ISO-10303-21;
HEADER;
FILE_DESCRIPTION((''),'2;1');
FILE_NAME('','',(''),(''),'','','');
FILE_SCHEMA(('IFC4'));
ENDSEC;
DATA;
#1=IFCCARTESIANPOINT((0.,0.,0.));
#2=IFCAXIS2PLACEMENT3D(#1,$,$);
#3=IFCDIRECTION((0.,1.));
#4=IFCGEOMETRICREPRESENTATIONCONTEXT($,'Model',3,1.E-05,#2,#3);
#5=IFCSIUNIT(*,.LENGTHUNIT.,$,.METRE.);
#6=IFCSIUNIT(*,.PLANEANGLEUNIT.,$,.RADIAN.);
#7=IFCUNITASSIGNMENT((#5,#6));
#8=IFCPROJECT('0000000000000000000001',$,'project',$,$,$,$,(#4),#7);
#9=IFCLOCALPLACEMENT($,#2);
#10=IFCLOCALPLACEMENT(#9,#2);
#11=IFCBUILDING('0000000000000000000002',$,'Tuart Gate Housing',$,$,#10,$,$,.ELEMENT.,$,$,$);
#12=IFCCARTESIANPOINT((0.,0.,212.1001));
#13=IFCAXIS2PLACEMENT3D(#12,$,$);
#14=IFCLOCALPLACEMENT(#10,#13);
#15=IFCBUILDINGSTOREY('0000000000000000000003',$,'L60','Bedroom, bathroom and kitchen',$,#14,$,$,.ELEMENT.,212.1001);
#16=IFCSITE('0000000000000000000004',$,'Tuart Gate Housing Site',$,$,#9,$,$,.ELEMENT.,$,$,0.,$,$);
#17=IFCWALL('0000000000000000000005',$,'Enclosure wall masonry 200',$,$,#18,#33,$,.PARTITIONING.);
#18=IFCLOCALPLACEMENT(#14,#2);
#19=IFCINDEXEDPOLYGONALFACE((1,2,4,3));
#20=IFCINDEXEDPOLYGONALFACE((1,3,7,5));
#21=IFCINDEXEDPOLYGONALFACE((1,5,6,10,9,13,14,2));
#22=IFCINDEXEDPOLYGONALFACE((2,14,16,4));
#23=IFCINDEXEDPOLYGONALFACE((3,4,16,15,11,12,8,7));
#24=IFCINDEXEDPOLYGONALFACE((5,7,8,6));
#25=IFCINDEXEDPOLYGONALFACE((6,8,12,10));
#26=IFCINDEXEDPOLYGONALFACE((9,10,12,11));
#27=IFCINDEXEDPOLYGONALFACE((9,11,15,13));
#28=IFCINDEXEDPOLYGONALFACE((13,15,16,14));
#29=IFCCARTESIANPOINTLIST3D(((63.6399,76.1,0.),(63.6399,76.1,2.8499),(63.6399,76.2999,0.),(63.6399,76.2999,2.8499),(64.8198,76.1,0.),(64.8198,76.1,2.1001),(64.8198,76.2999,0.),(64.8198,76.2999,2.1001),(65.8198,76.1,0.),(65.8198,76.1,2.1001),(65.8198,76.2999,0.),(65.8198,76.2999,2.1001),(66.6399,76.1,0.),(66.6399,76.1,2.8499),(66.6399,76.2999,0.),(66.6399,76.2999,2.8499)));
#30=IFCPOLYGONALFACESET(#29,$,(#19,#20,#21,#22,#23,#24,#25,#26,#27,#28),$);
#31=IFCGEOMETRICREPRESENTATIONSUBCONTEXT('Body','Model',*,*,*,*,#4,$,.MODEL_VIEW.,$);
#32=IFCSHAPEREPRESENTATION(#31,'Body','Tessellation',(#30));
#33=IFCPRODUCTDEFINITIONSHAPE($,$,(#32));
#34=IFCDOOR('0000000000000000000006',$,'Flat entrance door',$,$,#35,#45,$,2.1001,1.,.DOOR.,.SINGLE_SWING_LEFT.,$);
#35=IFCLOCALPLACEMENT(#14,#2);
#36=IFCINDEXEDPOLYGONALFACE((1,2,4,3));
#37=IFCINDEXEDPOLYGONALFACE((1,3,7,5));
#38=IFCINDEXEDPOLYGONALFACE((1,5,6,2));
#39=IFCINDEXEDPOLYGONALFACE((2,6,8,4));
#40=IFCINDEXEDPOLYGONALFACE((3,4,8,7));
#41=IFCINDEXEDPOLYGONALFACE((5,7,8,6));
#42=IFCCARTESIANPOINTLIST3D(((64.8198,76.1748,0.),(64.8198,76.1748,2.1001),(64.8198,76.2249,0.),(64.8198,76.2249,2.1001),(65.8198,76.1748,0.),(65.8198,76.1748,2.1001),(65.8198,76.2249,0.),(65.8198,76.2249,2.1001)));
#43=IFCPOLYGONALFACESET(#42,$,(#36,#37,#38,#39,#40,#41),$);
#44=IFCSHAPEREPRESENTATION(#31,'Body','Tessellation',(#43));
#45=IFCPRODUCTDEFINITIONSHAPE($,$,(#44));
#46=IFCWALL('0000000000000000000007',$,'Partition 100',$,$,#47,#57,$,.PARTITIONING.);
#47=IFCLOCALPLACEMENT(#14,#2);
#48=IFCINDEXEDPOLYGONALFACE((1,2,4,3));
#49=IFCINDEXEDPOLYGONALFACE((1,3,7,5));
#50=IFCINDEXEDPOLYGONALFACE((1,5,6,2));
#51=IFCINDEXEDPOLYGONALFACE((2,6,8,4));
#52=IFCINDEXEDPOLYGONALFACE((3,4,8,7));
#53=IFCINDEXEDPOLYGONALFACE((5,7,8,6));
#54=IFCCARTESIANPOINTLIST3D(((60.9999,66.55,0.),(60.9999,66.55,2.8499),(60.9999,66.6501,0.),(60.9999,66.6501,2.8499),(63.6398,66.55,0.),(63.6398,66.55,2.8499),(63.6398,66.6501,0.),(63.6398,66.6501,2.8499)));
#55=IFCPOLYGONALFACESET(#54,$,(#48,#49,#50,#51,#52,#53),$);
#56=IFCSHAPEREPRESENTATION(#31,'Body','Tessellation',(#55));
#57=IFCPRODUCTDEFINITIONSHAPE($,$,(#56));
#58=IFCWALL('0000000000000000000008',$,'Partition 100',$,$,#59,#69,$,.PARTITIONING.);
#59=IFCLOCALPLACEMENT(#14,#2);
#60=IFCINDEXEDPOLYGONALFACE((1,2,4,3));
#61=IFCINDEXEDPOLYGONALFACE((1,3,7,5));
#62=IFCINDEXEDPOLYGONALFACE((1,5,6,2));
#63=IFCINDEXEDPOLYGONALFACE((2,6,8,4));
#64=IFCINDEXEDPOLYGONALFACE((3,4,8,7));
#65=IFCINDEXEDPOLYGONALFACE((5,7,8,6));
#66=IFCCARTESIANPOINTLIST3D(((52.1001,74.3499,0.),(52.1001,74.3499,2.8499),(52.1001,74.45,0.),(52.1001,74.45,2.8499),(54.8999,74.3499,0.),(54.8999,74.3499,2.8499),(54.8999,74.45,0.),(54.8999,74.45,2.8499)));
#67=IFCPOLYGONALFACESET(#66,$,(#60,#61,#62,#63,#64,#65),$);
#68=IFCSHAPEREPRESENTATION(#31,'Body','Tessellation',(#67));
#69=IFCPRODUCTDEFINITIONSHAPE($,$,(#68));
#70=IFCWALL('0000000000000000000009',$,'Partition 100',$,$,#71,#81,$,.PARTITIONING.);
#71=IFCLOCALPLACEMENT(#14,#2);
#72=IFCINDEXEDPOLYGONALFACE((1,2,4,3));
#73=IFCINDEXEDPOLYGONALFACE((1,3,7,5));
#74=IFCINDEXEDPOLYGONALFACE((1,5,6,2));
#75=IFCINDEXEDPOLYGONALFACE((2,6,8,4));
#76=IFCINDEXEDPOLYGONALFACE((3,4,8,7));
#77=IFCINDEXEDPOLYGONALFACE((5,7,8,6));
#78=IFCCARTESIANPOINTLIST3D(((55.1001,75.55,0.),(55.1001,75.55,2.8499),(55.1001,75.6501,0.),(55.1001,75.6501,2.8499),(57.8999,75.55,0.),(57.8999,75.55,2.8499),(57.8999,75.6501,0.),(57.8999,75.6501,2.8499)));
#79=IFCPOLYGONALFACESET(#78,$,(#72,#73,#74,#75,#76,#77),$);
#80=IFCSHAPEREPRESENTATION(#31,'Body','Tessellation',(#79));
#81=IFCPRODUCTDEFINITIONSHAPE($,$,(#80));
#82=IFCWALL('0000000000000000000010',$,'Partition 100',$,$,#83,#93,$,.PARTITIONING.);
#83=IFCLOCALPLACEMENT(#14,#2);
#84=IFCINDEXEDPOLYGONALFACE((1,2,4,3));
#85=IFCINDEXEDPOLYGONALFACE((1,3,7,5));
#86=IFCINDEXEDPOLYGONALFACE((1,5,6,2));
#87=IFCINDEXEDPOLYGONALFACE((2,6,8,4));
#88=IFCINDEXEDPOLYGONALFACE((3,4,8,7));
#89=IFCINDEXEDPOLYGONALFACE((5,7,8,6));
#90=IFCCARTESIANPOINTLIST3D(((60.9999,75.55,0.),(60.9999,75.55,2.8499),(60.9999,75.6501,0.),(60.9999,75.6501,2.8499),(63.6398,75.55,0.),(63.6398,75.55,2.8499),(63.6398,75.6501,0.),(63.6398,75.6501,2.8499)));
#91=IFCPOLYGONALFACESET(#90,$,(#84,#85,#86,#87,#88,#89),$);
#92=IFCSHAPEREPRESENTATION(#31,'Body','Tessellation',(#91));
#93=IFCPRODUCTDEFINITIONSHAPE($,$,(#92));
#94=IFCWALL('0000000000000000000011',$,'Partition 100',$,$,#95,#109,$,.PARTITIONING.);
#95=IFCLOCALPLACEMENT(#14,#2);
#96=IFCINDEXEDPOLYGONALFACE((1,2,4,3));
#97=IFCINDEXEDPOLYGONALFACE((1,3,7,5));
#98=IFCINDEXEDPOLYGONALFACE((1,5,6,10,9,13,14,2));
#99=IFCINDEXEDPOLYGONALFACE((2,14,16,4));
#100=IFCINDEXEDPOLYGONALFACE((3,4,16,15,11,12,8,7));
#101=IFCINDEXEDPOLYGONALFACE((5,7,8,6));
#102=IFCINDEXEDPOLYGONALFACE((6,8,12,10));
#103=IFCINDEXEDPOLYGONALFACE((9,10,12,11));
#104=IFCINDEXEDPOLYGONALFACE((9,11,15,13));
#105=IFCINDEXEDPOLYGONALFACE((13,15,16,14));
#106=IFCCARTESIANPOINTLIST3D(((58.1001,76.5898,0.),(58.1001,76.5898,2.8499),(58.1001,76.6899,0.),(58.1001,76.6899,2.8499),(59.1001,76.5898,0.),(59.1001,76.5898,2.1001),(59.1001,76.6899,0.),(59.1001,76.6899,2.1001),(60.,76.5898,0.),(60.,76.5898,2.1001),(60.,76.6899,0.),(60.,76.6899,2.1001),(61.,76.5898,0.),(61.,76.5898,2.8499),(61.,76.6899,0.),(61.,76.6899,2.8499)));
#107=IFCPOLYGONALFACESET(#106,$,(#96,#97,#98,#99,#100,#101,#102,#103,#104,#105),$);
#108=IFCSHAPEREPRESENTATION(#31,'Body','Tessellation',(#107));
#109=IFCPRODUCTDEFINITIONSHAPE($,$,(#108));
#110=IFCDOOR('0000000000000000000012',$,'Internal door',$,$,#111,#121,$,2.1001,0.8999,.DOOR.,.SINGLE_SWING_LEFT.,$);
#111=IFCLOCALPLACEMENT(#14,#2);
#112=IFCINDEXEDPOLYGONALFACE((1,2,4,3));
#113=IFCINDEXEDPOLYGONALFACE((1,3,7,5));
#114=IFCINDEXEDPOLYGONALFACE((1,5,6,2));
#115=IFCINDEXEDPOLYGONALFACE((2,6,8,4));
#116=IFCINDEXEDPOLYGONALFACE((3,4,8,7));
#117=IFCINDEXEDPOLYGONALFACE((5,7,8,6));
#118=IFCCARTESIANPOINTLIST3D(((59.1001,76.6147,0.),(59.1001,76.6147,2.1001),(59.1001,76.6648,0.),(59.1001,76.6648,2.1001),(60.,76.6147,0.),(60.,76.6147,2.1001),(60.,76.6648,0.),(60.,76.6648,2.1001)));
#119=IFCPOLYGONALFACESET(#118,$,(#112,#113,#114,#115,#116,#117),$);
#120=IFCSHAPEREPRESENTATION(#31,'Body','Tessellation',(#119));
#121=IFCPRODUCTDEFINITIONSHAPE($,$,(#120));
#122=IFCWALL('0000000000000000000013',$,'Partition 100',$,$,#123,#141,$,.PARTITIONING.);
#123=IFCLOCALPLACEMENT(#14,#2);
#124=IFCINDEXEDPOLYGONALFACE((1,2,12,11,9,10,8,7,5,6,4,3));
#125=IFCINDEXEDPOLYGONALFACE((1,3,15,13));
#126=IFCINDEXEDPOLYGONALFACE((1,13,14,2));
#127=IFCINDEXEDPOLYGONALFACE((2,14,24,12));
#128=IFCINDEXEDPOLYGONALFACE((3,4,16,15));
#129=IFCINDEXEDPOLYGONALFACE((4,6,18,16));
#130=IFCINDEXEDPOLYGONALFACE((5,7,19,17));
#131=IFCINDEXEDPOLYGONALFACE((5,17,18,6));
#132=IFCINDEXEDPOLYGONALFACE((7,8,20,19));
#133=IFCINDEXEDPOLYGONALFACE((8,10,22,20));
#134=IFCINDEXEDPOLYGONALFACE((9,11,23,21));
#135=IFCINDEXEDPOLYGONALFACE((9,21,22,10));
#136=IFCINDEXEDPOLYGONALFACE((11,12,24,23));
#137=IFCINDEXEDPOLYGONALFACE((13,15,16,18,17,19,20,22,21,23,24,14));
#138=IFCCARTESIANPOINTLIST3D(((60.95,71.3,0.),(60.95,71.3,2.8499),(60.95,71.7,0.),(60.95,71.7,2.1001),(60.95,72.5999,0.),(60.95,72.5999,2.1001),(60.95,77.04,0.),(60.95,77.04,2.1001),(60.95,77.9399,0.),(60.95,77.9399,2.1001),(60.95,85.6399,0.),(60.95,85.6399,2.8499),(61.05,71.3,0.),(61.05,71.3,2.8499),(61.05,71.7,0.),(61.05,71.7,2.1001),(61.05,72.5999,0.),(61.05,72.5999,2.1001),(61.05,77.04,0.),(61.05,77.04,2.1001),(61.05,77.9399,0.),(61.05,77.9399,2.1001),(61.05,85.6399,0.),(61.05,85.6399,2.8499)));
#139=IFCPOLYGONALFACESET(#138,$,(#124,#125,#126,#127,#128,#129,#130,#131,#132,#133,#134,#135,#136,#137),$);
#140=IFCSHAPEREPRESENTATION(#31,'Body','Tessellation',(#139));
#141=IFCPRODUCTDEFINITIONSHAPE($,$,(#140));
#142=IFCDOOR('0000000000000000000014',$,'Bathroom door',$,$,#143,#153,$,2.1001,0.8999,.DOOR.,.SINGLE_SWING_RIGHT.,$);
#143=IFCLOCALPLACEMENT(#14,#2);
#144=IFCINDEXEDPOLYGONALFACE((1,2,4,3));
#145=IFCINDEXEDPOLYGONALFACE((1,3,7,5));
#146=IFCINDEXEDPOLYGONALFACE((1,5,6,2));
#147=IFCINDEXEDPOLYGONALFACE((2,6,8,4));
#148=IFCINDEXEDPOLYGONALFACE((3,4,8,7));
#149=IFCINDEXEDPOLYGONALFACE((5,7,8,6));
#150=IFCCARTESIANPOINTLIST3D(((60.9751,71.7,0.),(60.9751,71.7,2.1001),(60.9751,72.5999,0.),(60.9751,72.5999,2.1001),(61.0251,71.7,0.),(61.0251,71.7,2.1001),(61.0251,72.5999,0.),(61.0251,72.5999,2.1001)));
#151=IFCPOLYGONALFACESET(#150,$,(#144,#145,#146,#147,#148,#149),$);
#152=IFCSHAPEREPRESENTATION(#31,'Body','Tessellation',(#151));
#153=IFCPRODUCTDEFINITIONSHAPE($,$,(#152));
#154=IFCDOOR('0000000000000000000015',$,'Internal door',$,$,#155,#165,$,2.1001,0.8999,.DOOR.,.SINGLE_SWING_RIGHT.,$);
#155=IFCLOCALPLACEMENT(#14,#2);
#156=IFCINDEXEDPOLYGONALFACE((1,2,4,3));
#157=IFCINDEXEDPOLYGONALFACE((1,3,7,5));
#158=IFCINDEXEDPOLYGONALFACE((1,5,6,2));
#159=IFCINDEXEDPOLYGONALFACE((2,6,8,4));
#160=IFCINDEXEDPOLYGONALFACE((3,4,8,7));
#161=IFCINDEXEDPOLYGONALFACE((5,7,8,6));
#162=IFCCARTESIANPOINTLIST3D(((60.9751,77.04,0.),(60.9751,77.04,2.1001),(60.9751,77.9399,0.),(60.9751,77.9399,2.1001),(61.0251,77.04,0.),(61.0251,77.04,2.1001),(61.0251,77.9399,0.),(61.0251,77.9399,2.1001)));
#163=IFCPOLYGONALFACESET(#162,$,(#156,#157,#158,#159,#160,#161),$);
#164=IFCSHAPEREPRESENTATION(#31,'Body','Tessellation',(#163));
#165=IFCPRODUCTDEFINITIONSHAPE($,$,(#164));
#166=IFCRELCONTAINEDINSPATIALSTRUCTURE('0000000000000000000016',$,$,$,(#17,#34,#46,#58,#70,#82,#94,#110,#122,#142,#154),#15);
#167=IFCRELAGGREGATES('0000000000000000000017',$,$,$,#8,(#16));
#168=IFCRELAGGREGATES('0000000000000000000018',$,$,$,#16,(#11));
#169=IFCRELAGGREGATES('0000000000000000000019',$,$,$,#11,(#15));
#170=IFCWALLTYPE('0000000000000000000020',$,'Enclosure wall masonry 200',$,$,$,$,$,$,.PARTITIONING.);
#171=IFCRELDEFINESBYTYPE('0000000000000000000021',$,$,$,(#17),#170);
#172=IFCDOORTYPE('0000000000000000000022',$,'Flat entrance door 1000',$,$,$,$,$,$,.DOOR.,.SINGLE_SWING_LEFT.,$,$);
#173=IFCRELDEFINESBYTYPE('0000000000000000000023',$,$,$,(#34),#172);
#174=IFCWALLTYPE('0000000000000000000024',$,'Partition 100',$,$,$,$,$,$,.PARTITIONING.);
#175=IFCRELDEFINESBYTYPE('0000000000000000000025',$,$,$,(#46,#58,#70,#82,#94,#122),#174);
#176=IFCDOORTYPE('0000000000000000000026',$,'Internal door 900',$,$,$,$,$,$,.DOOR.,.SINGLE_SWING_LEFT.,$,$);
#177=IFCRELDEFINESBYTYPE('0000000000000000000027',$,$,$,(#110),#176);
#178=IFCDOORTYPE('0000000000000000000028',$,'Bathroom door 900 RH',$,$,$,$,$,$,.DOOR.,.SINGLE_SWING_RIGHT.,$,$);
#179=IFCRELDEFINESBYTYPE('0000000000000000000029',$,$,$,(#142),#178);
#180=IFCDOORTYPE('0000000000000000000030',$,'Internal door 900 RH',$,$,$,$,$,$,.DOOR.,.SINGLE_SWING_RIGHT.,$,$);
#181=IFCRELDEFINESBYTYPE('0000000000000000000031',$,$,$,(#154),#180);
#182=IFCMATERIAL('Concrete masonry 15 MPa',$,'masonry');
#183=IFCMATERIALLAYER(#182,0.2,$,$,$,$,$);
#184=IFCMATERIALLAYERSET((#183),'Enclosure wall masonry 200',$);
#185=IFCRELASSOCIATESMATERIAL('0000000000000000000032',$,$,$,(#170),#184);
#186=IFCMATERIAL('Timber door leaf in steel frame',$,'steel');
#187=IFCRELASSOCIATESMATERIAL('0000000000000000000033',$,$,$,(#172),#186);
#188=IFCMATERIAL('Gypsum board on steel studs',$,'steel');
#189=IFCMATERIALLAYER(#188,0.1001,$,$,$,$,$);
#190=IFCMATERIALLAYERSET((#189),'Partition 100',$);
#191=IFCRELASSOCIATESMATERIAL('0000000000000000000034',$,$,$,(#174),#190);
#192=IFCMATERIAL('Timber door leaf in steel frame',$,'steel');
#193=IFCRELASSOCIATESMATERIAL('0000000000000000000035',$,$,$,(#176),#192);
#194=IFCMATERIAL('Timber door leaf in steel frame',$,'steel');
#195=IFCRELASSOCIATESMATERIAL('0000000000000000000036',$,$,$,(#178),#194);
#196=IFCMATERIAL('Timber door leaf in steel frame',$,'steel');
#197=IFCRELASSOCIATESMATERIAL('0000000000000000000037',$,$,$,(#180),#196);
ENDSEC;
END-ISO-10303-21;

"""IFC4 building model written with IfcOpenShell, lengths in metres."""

from ifc_helpers import new_model, si_unit, direction, frame, frame_2d, origin, place, context, subcontext, project, spatial, rectangle, extrude, material, layer, layer_set, type_object, element, fill, save


model = new_model("IFC4")

# Units and contexts
model_context = context("Model", 3, precision=1e-05, world=origin(), true_north=direction((0.0, 1.0)))
body_context = subcontext(model_context, "Body", "Model", "MODEL_VIEW")
ifc_project = project(units=[si_unit("LENGTHUNIT", "METRE"), si_unit("PLANEANGLEUNIT", "RADIAN")], contexts=[model_context])

# Site, building, storey
site_placement = place(None, origin())
site = spatial("IfcSite", under=ifc_project, at=site_placement, Name="Tuart Gate Housing Site", CompositionType="ELEMENT", RefElevation=0.0)
building_placement = place(site_placement, origin())
building = spatial("IfcBuilding", under=site, at=building_placement, Name="Tuart Gate Housing", CompositionType="ELEMENT")
storey_placement = place(building_placement, frame((0.0, 0.0, 212.1001)))
storey = spatial("IfcBuildingStorey", under=building, at=storey_placement, Name="L60", Description="Bedroom, bathroom and kitchen", CompositionType="ELEMENT", Elevation=212.1001)

# Wall, opening, door
ifc_material_1 = material(Name="Concrete masonry 15 MPa", Category="masonry")
ifc_layer_1 = layer(ifc_material_1, 0.2)
ifc_layer_set_1 = layer_set([ifc_layer_1], Name="Enclosure wall masonry 200")
wall_type_1 = type_object("IfcWallType", Name="Enclosure wall masonry 200", PredefinedType="PARTITIONING", material=ifc_layer_set_1)
wall_1_placement = place(storey_placement, frame((63.6399, 76.2, 0.0), z_axis=(0.0, 0.0, 1.0), x_axis=(1.0, 0.0, 0.0)))
wall_1 = element("IfcWall", 1, at=wall_1_placement, inside=storey, type_object=wall_type_1, Name="Enclosure wall masonry 200", PredefinedType="PARTITIONING", context=body_context, shape_type="SweptSolid", body=[
    extrude(rectangle(XDim=3.0, YDim=0.2, at=frame_2d((1.5, 0.0))), origin(), (0.0, 0.0, 1.0), 2.8499),
])
opening_1_placement = place(wall_1_placement, frame((1.1799, 0.0, 0.0)))
opening_1 = element("IfcOpeningElement", 2, at=opening_1_placement, cuts=wall_1, PredefinedType="OPENING", context=body_context, shape_type="SweptSolid", body=[
    extrude(rectangle(XDim=1.0, YDim=2.1001, at=frame_2d((0.5, 1.05))), frame((0.0, 0.1099, 0.0), z_axis=(0.0, -1.0, 0.0), x_axis=(1.0, 0.0, 0.0)), (0.0, 0.0, 1.0), 0.22),
])
ifc_material_2 = material(Name="Timber door leaf in steel frame", Category="steel")
door_type_1 = type_object("IfcDoorType", Name="Flat entrance door 1000", OperationType="SINGLE_SWING_LEFT", PredefinedType="DOOR", material=ifc_material_2)
door_1_placement = place(opening_1_placement, origin())
door_1 = element("IfcDoor", 3, at=door_1_placement, inside=storey, type_object=door_type_1, Name="Flat entrance door", OperationType="SINGLE_SWING_LEFT", OverallHeight=2.1001, OverallWidth=1.0, PredefinedType="DOOR", context=body_context, shape_type="SweptSolid", body=[
    extrude(rectangle(XDim=1.0, YDim=2.1001, at=frame_2d((0.5, 1.05))), frame((0.0, 0.0249, 0.0), z_axis=(0.0, -1.0, 0.0), x_axis=(1.0, 0.0, 0.0)), (0.0, 0.0, 1.0), 0.05),
])
fill(opening_1, door_1)

# Walls
ifc_material_3 = material(Name="Gypsum board on steel studs", Category="steel")
ifc_layer_2 = layer(ifc_material_3, 0.1001)
ifc_layer_set_2 = layer_set([ifc_layer_2], Name="Partition 100")
wall_type_2 = type_object("IfcWallType", Name="Partition 100", PredefinedType="PARTITIONING", material=ifc_layer_set_2)
wall_2_placement = place(storey_placement, frame((61.0, 66.6001, 0.0), z_axis=(0.0, 0.0, 1.0), x_axis=(1.0, 0.0, 0.0)))
element("IfcWall", 4, at=wall_2_placement, inside=storey, type_object=wall_type_2, Name="Partition 100", PredefinedType="PARTITIONING", context=body_context, shape_type="SweptSolid", body=[
    extrude(rectangle(XDim=2.6399, YDim=0.1001, at=frame_2d((1.3198, 0.0))), origin(), (0.0, 0.0, 1.0), 2.8499),
])
for number, where, z_axis, x_axis, name in (
    (5, (52.1001, 74.3999, 0.0), (0.0, 0.0, 1.0), (1.0, 0.0, 0.0), "Partition 100"),
    (6, (55.1001, 75.6001, 0.0), (0.0, 0.0, 1.0), (1.0, 0.0, 0.0), "Partition 100"),
):
    element("IfcWall", number, at=place(storey_placement, frame(where, z_axis=z_axis, x_axis=x_axis)), inside=storey, type_object=wall_type_2, Name=name, PredefinedType="PARTITIONING", context=body_context, shape_type="SweptSolid", body=[
        extrude(rectangle(XDim=2.7998, YDim=0.1001, at=frame_2d((1.3999, 0.0))), origin(), (0.0, 0.0, 1.0), 2.8499),
    ])
wall_3_placement = place(storey_placement, frame((61.0, 75.6001, 0.0), z_axis=(0.0, 0.0, 1.0), x_axis=(1.0, 0.0, 0.0)))
element("IfcWall", 7, at=wall_3_placement, inside=storey, type_object=wall_type_2, Name="Partition 100", PredefinedType="PARTITIONING", context=body_context, shape_type="SweptSolid", body=[
    extrude(rectangle(XDim=2.6399, YDim=0.1001, at=frame_2d((1.3198, 0.0))), origin(), (0.0, 0.0, 1.0), 2.8499),
])

# Wall, opening, door
wall_4_placement = place(storey_placement, frame((58.1001, 76.6399, 0.0), z_axis=(0.0, 0.0, 1.0), x_axis=(1.0, 0.0, 0.0)))
wall_4 = element("IfcWall", 8, at=wall_4_placement, inside=storey, type_object=wall_type_2, Name="Partition 100", PredefinedType="PARTITIONING", context=body_context, shape_type="SweptSolid", body=[
    extrude(rectangle(XDim=2.8999, YDim=0.1001, at=frame_2d((1.45, 0.0))), origin(), (0.0, 0.0, 1.0), 2.8499),
])
opening_2_placement = place(wall_4_placement, frame((1.0, 0.0, 0.0)))
opening_2 = element("IfcOpeningElement", 9, at=opening_2_placement, cuts=wall_4, PredefinedType="OPENING", context=body_context, shape_type="SweptSolid", body=[
    extrude(rectangle(XDim=0.8999, YDim=2.1001, at=frame_2d((0.45, 1.05))), frame((0.0, 0.0601, 0.0), z_axis=(0.0, -1.0, 0.0), x_axis=(1.0, 0.0, 0.0)), (0.0, 0.0, 1.0), 0.1201),
])
ifc_material_4 = material(Name="Timber door leaf in steel frame", Category="steel")
door_type_2 = type_object("IfcDoorType", Name="Internal door 900", OperationType="SINGLE_SWING_LEFT", PredefinedType="DOOR", material=ifc_material_4)
door_2_placement = place(opening_2_placement, frame((0.8999, 0.0, 0.0), z_axis=(0.0, 0.0, 1.0), x_axis=(-1.0, 0.0, 0.0)))
door_2 = element("IfcDoor", 10, at=door_2_placement, inside=storey, type_object=door_type_2, Name="Internal door", OperationType="SINGLE_SWING_LEFT", OverallHeight=2.1001, OverallWidth=0.8999, PredefinedType="DOOR", context=body_context, shape_type="SweptSolid", body=[
    extrude(rectangle(XDim=0.8999, YDim=2.1001, at=frame_2d((0.45, 1.05))), frame((0.0, 0.0251, 0.0), z_axis=(0.0, -1.0, 0.0), x_axis=(1.0, 0.0, 0.0)), (0.0, 0.0, 1.0), 0.05),
])
fill(opening_2, door_2)

# Wall, openings, doors
wall_5_placement = place(storey_placement, frame((61.0, 71.3, 0.0), z_axis=(0.0, 0.0, 1.0), x_axis=(0.0, 1.0, 0.0)))
wall_5 = element("IfcWall", 11, at=wall_5_placement, inside=storey, type_object=wall_type_2, Name="Partition 100", PredefinedType="PARTITIONING", context=body_context, shape_type="SweptSolid", body=[
    extrude(rectangle(XDim=14.3398, YDim=0.1001, at=frame_2d((7.1699, 0.0))), origin(), (0.0, 0.0, 1.0), 2.8499),
])
opening_3_placement = place(wall_5_placement, frame((5.74, 0.0, 0.0)))
opening_3 = element("IfcOpeningElement", 12, at=opening_3_placement, cuts=wall_5, PredefinedType="OPENING", context=body_context, shape_type="SweptSolid", body=[
    extrude(rectangle(XDim=0.8999, YDim=2.1001, at=frame_2d((0.45, 1.05))), frame((0.0, 0.0601, 0.0), z_axis=(0.0, -1.0, 0.0), x_axis=(1.0, 0.0, 0.0)), (0.0, 0.0, 1.0), 0.1201),
])
opening_4_placement = place(wall_5_placement, frame((0.3999, 0.0, 0.0)))
opening_4 = element("IfcOpeningElement", 13, at=opening_4_placement, cuts=wall_5, PredefinedType="OPENING", context=body_context, shape_type="SweptSolid", body=[
    extrude(rectangle(XDim=0.8999, YDim=2.1001, at=frame_2d((0.45, 1.05))), frame((0.0, 0.0601, 0.0), z_axis=(0.0, -1.0, 0.0), x_axis=(1.0, 0.0, 0.0)), (0.0, 0.0, 1.0), 0.1201),
])
ifc_material_5 = material(Name="Timber door leaf in steel frame", Category="steel")
door_type_3 = type_object("IfcDoorType", Name="Bathroom door 900 RH", OperationType="SINGLE_SWING_RIGHT", PredefinedType="DOOR", material=ifc_material_5)
door_3_placement = place(opening_4_placement, frame((0.8999, 0.0, 0.0), z_axis=(0.0, 0.0, 1.0), x_axis=(-1.0, 0.0, 0.0)))
door_3 = element("IfcDoor", 14, at=door_3_placement, inside=storey, type_object=door_type_3, Name="Bathroom door", OperationType="SINGLE_SWING_RIGHT", OverallHeight=2.1001, OverallWidth=0.8999, PredefinedType="DOOR", context=body_context, shape_type="SweptSolid", body=[
    extrude(rectangle(XDim=0.8999, YDim=2.1001, at=frame_2d((0.45, 1.05))), frame((0.0, 0.0251, 0.0), z_axis=(0.0, -1.0, 0.0), x_axis=(1.0, 0.0, 0.0)), (0.0, 0.0, 1.0), 0.05),
])
fill(opening_4, door_3)
ifc_material_6 = material(Name="Timber door leaf in steel frame", Category="steel")
door_type_4 = type_object("IfcDoorType", Name="Internal door 900 RH", OperationType="SINGLE_SWING_RIGHT", PredefinedType="DOOR", material=ifc_material_6)
door_4_placement = place(opening_3_placement, frame((0.8999, 0.0, 0.0), z_axis=(0.0, 0.0, 1.0), x_axis=(-1.0, 0.0, 0.0)))
door_4 = element("IfcDoor", 15, at=door_4_placement, inside=storey, type_object=door_type_4, Name="Internal door", OperationType="SINGLE_SWING_RIGHT", OverallHeight=2.1001, OverallWidth=0.8999, PredefinedType="DOOR", context=body_context, shape_type="SweptSolid", body=[
    extrude(rectangle(XDim=0.8999, YDim=2.1001, at=frame_2d((0.45, 1.05))), frame((0.0, 0.0251, 0.0), z_axis=(0.0, -1.0, 0.0), x_axis=(1.0, 0.0, 0.0)), (0.0, 0.0, 1.0), 0.05),
])
fill(opening_3, door_4)

save(model, "model.ifc")
